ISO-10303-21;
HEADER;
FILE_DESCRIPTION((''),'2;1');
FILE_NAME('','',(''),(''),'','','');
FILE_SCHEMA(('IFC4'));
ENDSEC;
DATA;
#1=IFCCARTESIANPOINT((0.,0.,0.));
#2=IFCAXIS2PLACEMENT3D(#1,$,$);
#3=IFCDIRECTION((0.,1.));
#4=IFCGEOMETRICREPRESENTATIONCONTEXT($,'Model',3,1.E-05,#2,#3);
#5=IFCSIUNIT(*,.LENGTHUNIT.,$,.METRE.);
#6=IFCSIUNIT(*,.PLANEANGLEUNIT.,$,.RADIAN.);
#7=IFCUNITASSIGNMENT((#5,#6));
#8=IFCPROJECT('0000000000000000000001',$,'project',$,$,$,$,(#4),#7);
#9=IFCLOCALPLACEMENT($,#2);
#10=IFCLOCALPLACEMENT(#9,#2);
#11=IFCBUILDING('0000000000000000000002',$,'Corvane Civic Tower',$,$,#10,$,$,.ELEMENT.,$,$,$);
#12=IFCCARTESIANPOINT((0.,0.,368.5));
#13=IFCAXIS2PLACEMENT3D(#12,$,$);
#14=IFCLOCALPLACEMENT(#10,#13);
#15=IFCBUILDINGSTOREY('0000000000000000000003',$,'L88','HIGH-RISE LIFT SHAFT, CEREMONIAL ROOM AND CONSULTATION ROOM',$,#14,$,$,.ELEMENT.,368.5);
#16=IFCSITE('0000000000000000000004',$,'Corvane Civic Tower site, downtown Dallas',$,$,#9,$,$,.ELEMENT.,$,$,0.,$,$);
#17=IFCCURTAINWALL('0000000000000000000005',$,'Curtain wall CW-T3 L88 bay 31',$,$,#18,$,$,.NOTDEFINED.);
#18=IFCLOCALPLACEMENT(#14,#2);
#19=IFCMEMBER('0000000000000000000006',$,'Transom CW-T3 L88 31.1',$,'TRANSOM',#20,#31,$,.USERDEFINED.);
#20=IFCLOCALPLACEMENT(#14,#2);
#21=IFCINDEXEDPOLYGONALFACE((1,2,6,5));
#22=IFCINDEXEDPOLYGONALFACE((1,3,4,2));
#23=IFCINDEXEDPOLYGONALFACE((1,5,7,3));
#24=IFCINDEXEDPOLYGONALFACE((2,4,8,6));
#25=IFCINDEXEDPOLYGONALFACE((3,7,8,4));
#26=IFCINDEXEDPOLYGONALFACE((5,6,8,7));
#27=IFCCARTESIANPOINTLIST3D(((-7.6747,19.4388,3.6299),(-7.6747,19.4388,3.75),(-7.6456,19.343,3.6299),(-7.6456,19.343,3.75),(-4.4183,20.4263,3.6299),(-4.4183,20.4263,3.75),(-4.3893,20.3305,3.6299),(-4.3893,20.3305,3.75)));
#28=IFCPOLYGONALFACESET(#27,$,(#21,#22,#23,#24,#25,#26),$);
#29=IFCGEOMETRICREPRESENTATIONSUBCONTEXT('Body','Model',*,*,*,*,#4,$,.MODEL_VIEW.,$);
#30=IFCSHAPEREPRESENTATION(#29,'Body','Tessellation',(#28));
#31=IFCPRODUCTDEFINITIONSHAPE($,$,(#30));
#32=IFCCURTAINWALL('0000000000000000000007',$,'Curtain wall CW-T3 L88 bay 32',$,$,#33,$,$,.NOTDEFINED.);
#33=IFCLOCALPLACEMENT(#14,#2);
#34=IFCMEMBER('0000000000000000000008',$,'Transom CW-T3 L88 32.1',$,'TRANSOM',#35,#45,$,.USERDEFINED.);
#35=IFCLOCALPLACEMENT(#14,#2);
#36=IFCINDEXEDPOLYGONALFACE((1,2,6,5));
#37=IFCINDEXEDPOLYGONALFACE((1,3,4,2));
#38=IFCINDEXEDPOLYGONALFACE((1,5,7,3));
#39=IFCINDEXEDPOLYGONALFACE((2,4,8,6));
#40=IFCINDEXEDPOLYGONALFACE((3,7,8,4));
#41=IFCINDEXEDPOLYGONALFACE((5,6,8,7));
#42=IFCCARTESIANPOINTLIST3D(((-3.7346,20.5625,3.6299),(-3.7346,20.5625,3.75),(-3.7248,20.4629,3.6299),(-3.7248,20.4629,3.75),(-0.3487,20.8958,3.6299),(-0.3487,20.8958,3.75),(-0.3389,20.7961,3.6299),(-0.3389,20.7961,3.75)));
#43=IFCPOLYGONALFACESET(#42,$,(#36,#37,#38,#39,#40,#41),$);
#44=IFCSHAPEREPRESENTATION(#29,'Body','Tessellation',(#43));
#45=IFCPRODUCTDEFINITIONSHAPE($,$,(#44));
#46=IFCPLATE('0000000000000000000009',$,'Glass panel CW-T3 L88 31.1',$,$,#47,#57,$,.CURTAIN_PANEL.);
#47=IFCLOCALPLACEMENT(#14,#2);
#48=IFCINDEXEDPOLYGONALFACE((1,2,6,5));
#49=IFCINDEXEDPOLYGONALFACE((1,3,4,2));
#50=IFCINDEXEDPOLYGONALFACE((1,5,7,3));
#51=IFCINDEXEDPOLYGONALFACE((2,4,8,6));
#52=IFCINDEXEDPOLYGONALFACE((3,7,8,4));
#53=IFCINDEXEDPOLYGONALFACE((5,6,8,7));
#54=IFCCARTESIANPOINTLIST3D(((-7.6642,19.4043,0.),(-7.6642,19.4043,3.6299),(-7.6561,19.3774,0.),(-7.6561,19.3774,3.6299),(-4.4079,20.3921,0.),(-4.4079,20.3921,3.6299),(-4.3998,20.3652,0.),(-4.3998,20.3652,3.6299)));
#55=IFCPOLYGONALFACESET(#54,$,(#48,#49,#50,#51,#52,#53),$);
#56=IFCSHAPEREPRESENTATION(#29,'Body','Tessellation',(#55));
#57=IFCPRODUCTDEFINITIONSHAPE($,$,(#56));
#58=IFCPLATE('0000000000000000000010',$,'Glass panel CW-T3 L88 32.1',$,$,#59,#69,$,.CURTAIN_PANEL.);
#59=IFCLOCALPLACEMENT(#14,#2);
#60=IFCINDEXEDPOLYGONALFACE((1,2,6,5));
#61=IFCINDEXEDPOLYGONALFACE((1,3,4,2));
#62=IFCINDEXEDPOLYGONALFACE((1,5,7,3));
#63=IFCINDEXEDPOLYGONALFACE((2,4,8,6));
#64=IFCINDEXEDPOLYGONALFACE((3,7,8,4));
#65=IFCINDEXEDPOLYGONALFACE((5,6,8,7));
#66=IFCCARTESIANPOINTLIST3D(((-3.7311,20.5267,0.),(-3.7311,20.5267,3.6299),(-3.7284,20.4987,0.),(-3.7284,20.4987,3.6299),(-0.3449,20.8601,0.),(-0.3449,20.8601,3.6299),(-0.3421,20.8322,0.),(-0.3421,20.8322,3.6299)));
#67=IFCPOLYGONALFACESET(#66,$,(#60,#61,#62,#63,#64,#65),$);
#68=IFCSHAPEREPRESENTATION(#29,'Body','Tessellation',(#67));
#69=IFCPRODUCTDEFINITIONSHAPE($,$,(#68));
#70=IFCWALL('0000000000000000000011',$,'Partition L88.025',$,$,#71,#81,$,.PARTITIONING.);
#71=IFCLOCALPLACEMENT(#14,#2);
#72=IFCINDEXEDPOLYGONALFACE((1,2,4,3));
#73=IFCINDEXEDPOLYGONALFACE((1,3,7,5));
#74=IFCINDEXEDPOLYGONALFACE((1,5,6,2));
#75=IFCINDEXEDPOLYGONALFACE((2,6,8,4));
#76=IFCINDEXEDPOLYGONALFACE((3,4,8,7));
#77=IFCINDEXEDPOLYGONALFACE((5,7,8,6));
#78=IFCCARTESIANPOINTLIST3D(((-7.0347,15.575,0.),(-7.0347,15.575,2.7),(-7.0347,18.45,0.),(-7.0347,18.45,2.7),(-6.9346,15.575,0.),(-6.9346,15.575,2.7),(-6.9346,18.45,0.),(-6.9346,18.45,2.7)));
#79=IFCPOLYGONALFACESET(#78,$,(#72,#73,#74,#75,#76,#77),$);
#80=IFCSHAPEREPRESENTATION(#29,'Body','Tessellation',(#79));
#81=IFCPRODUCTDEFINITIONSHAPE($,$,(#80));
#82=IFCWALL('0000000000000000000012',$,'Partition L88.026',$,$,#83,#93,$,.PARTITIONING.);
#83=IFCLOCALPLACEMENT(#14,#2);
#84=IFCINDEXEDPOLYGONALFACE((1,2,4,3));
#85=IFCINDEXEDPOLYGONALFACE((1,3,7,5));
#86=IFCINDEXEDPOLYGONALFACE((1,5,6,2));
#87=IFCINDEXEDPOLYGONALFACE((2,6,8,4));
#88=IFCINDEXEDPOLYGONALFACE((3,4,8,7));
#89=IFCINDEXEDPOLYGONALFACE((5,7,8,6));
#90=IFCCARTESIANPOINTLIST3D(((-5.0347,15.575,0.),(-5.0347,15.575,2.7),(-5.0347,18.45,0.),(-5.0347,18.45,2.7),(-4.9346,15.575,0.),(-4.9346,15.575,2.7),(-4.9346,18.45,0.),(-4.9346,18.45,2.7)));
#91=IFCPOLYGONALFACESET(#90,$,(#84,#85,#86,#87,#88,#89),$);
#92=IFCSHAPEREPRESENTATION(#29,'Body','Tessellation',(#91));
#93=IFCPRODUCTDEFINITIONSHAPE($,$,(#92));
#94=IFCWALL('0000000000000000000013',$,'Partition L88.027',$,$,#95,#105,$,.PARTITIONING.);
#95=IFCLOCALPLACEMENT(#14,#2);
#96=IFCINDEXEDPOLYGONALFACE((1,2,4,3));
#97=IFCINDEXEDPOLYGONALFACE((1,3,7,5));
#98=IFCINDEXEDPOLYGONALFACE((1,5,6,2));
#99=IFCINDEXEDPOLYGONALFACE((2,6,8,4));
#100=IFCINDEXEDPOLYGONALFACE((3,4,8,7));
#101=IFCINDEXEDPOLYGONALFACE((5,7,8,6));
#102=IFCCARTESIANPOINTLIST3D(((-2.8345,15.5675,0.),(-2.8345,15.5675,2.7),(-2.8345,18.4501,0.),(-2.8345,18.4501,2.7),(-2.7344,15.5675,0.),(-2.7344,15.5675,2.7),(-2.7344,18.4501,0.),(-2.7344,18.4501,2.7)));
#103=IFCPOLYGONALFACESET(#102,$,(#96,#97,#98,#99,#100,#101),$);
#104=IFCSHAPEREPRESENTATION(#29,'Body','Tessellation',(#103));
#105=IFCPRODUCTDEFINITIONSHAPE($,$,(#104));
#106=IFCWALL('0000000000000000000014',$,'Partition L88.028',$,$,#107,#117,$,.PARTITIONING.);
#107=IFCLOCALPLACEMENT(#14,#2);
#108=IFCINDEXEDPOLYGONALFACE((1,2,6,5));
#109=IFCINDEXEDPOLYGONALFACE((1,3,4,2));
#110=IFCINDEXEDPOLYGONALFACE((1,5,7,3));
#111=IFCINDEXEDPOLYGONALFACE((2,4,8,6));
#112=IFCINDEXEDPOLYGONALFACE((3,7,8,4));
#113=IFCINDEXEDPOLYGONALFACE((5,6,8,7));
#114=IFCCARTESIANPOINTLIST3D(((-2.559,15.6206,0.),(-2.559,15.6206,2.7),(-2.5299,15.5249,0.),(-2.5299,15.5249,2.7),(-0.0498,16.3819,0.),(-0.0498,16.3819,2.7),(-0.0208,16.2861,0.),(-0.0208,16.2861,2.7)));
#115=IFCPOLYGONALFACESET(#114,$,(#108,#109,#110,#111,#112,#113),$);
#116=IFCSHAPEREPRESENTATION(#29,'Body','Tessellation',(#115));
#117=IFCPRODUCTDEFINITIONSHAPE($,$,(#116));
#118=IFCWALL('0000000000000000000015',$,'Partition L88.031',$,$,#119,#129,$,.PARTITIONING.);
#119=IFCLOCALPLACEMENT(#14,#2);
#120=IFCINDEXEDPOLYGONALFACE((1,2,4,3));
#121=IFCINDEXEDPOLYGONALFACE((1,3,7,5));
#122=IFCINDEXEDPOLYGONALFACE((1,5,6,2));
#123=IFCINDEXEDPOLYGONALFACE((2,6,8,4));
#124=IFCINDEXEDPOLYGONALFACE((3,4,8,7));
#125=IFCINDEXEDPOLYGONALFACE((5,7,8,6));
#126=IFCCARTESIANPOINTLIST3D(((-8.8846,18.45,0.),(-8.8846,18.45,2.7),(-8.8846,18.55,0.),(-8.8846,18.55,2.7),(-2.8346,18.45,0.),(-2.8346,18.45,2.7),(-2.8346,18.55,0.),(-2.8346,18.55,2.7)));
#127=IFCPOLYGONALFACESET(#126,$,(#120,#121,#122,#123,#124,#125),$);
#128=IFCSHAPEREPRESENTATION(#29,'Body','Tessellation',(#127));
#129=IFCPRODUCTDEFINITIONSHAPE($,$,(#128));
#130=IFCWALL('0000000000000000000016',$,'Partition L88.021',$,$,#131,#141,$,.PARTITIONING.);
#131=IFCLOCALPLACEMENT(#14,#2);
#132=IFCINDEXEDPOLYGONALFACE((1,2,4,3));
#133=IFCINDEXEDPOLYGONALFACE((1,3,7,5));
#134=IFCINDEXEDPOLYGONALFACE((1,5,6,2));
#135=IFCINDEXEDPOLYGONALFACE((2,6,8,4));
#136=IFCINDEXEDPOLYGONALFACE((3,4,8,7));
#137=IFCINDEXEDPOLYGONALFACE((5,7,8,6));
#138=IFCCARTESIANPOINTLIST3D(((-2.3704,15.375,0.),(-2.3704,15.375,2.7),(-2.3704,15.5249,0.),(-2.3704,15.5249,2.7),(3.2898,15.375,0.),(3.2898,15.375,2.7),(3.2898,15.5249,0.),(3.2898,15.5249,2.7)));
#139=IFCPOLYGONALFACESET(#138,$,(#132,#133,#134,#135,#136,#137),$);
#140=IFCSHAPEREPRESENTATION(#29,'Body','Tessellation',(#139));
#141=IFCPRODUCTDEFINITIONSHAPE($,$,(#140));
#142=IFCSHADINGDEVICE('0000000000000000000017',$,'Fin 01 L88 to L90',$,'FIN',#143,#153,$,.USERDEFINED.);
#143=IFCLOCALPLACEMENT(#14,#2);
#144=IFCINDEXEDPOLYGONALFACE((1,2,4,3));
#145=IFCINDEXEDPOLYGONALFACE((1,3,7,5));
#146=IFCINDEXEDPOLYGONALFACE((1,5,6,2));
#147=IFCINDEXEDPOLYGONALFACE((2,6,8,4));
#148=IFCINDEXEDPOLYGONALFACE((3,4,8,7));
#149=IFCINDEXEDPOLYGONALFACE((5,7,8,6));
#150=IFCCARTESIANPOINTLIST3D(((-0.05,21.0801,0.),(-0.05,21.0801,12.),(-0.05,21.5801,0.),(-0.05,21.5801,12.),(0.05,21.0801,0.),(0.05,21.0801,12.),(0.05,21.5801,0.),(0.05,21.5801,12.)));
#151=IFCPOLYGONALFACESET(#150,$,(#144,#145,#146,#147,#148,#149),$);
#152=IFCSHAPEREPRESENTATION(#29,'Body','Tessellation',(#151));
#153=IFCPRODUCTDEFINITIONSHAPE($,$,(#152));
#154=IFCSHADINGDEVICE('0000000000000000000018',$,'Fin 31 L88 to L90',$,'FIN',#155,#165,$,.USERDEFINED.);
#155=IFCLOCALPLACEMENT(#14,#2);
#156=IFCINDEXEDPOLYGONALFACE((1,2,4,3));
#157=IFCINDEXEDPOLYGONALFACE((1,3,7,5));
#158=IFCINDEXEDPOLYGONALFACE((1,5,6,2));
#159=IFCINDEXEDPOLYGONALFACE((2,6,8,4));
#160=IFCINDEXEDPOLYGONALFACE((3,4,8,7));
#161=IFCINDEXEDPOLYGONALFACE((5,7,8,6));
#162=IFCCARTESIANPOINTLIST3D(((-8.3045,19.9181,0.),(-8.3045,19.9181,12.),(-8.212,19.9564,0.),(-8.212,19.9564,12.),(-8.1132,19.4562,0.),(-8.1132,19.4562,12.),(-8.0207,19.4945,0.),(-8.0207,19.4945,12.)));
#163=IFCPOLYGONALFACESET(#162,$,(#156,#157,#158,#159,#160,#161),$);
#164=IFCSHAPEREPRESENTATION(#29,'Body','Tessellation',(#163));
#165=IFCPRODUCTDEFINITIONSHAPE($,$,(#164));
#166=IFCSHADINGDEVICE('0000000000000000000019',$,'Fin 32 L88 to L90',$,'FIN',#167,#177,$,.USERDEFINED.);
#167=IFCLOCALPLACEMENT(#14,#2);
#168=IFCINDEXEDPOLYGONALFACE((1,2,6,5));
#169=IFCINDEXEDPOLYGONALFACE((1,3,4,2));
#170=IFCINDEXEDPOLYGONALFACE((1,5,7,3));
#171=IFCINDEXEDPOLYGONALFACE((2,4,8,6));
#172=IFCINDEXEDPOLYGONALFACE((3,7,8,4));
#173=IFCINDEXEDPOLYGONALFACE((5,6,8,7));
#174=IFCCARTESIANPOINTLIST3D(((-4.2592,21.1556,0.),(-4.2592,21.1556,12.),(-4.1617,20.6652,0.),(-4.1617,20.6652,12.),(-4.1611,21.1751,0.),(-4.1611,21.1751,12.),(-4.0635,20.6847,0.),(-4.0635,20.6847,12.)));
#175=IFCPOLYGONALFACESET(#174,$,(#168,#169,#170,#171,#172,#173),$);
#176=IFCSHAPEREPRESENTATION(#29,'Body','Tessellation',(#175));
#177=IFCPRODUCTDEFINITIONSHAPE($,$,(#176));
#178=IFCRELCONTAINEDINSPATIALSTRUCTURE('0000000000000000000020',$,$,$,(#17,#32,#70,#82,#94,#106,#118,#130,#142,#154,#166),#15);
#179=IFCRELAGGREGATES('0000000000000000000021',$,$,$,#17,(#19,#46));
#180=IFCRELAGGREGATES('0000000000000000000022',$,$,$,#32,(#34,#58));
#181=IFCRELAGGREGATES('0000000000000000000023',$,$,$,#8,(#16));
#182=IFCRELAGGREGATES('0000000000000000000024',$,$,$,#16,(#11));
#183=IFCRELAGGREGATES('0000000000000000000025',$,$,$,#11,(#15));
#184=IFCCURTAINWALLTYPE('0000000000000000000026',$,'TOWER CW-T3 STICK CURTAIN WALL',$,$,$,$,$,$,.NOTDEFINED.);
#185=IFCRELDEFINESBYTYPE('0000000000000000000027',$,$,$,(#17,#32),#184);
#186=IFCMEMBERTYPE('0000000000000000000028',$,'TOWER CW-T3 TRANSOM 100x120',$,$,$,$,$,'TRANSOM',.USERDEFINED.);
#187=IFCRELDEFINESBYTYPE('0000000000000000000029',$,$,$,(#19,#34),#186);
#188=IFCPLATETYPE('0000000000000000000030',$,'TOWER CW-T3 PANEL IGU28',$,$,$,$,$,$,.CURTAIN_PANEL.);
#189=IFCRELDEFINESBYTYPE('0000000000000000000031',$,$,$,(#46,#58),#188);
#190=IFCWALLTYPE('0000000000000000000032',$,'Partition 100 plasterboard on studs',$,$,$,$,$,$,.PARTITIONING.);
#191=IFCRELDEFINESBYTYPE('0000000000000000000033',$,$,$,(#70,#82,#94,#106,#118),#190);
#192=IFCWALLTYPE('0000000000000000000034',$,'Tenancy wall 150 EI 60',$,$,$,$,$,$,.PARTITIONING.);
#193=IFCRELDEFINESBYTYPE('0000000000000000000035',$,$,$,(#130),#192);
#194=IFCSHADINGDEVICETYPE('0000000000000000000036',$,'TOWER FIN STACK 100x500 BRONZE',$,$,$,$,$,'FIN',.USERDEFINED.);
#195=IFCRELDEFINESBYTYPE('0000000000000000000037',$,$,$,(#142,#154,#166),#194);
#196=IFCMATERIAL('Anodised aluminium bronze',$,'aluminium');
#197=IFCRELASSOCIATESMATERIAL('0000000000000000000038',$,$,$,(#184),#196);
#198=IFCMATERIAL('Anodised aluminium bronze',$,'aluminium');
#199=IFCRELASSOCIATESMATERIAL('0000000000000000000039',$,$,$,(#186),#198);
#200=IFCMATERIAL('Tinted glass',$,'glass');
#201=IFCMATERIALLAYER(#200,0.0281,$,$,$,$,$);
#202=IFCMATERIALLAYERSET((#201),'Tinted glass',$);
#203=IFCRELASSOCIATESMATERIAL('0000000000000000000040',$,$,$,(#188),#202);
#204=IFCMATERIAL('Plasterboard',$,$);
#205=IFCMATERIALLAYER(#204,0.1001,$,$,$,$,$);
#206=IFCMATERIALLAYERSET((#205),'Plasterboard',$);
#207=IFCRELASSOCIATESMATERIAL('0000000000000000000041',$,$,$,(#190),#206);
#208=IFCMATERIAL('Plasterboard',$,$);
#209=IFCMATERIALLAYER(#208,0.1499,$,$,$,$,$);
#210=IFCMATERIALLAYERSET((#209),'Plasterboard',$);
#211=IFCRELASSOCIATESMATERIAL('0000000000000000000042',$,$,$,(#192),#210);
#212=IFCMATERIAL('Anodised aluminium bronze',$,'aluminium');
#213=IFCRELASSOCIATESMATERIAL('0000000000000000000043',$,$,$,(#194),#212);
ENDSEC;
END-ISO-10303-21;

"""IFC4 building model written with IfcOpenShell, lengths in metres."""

from ifc_helpers import new_model, si_unit, direction, frame, frame_2d, origin, origin_2d, place, context, subcontext, project, spatial, rectangle, extrude, material, layer, layer_set, material_profile, profile_set, type_object, element, aggregate, save


model = new_model("IFC4")

# Units and contexts
model_context = context("Model", 3, precision=1e-05, world=origin(), true_north=direction((0.0, 1.0)))
body_context = subcontext(model_context, "Body", "Model", "MODEL_VIEW")
ifc_project = project(units=[si_unit("LENGTHUNIT", "METRE"), si_unit("PLANEANGLEUNIT", "RADIAN")], contexts=[model_context])

# Site, building, storey
site_placement = place(None, origin())
site = spatial("IfcSite", under=ifc_project, at=site_placement, Name="Corvane Civic Tower site, downtown Dallas", CompositionType="ELEMENT", RefElevation=0.0)
building_placement = place(site_placement, origin())
building = spatial("IfcBuilding", under=site, at=building_placement, Name="Corvane Civic Tower", CompositionType="ELEMENT")
storey_placement = place(building_placement, frame((0.0, 0.0, 368.5)))
storey = spatial("IfcBuildingStorey", under=building, at=storey_placement, Name="L88", Description="HIGH-RISE LIFT SHAFT, CEREMONIAL ROOM AND CONSULTATION ROOM", CompositionType="ELEMENT", Elevation=368.5)

# Curtain walls, members
ifc_material_1 = material(Name="Anodised aluminium bronze", Category="aluminium")
curtain_wall_type = type_object("IfcCurtainWallType", Name="TOWER CW-T3 STICK CURTAIN WALL", PredefinedType="NOTDEFINED", material=ifc_material_1)
curtain_wall_1_placement = place(storey_placement, origin())
curtain_wall_1 = element("IfcCurtainWall", 1, at=curtain_wall_1_placement, inside=storey, type_object=curtain_wall_type, Name="Curtain wall CW-T3 L88 bay 31", PredefinedType="NOTDEFINED")
ifc_material_2 = material(Name="Anodised aluminium bronze", Category="aluminium")
ifc_material_profile_1 = material_profile(ifc_material_2, rectangle(XDim=0.1001, YDim=0.1201, at=origin_2d()), Name="TOWER CW-T3 TRANSOM 100x120")
ifc_profile_set_1 = profile_set([ifc_material_profile_1], Name="Anodised aluminium bronze")
member_type = type_object("IfcMemberType", Name="TOWER CW-T3 TRANSOM 100x120", ElementType="TRANSOM", PredefinedType="USERDEFINED", material=ifc_profile_set_1)
member_1_placement = place(storey_placement, frame((-7.6602, 19.3909, 3.6899), z_axis=(0.956961, 0.290216, 0.0), x_axis=(-0.290216, 0.956961, 0.0)))
member_1 = element("IfcMember", 2, at=member_1_placement, type_object=member_type, Name="Transom CW-T3 L88 31.1", ObjectType="TRANSOM", PredefinedType="USERDEFINED", context=body_context, shape_type="SweptSolid", body=[
    extrude(rectangle(XDim=0.1001, YDim=0.1201, at=origin_2d()), origin(), (0.0, 0.0, 1.0), 3.4028),
])
curtain_wall_2_placement = place(storey_placement, origin())
curtain_wall_2 = element("IfcCurtainWall", 3, at=curtain_wall_2_placement, inside=storey, type_object=curtain_wall_type, Name="Curtain wall CW-T3 L88 bay 32", PredefinedType="NOTDEFINED")
member_2_placement = place(storey_placement, frame((-3.7297, 20.5127, 3.6899), z_axis=(0.995192, 0.097948, 0.0), x_axis=(-0.097948, 0.995192, 0.0)))
member_2 = element("IfcMember", 4, at=member_2_placement, type_object=member_type, Name="Transom CW-T3 L88 32.1", ObjectType="TRANSOM", PredefinedType="USERDEFINED", context=body_context, shape_type="SweptSolid", body=[
    extrude(rectangle(XDim=0.1001, YDim=0.1201, at=origin_2d()), origin(), (0.0, 0.0, 1.0), 3.4023),
])

# Plates
ifc_material_3 = material(Name="Tinted glass", Category="glass")
ifc_layer_1 = layer(ifc_material_3, 0.0281)
ifc_layer_set_1 = layer_set([ifc_layer_1], Name="Tinted glass")
plate_type = type_object("IfcPlateType", Name="TOWER CW-T3 PANEL IGU28", PredefinedType="CURTAIN_PANEL", material=ifc_layer_set_1)
plate_1_placement = place(storey_placement, frame((-6.032, 19.8848, 0.0), z_axis=(0.0, 0.0, 1.0), x_axis=(0.956939, 0.29029, 0.0)))
plate_1 = element("IfcPlate", 5, at=plate_1_placement, type_object=plate_type, Name="Glass panel CW-T3 L88 31.1", PredefinedType="CURTAIN_PANEL", context=body_context, shape_type="SweptSolid", body=[
    extrude(rectangle(XDim=3.4028, YDim=0.0281, at=origin_2d()), origin(), (0.0, 0.0, 1.0), 3.6299),
])
aggregate(curtain_wall_1, [member_1, plate_1])
plate_2_placement = place(storey_placement, frame((-2.0366, 20.6794, 0.0), z_axis=(0.0, 0.0, 1.0), x_axis=(0.995187, 0.097998, 0.0)))
plate_2 = element("IfcPlate", 6, at=plate_2_placement, type_object=plate_type, Name="Glass panel CW-T3 L88 32.1", PredefinedType="CURTAIN_PANEL", context=body_context, shape_type="SweptSolid", body=[
    extrude(rectangle(XDim=3.4026, YDim=0.0281, at=origin_2d()), origin(), (0.0, 0.0, 1.0), 3.6299),
])
aggregate(curtain_wall_2, [member_2, plate_2])

# Walls
ifc_material_4 = material(Name="Plasterboard")
ifc_layer_2 = layer(ifc_material_4, 0.1001)
ifc_layer_set_2 = layer_set([ifc_layer_2], Name="Plasterboard")
wall_type_1 = type_object("IfcWallType", Name="Partition 100 plasterboard on studs", PredefinedType="PARTITIONING", material=ifc_layer_set_2)
for number, where, z_axis, x_axis, name in (
    (7, (-6.9846, 15.575, 0.0), (0.0, 0.0, 1.0), (0.0, 1.0, 0.0), "Partition L88.025"),
    (8, (-4.9846, 15.575, 0.0), (0.0, 0.0, 1.0), (0.0, 1.0, 0.0), "Partition L88.026"),
):
    element("IfcWall", number, at=place(storey_placement, frame(where, z_axis=z_axis, x_axis=x_axis)), inside=storey, type_object=wall_type_1, Name=name, PredefinedType="PARTITIONING", context=body_context, shape_type="SweptSolid", body=[
        extrude(rectangle(XDim=2.875, YDim=0.1001, at=frame_2d((1.4375, 0.0))), origin(), (0.0, 0.0, 1.0), 2.7),
    ])
wall_1_placement = place(storey_placement, frame((-2.7844, 15.5674, 0.0), z_axis=(0.0, 0.0, 1.0), x_axis=(0.0, 1.0, 0.0)))
element("IfcWall", 9, at=wall_1_placement, inside=storey, type_object=wall_type_1, Name="Partition L88.027", PredefinedType="PARTITIONING", context=body_context, shape_type="SweptSolid", body=[
    extrude(rectangle(XDim=2.8826, YDim=0.1001, at=frame_2d((1.4414, 0.0))), origin(), (0.0, 0.0, 1.0), 2.7),
])
wall_2_placement = place(storey_placement, frame((-2.5444, 15.5728, 0.0), z_axis=(0.0, 0.0, 1.0), x_axis=(0.956927, 0.290328, 0.0)))
element("IfcWall", 10, at=wall_2_placement, inside=storey, type_object=wall_type_1, Name="Partition L88.028", PredefinedType="PARTITIONING", context=body_context, shape_type="SweptSolid", body=[
    extrude(rectangle(XDim=2.6221, YDim=0.1001, at=frame_2d((1.311, 0.0))), origin(), (0.0, 0.0, 1.0), 2.7),
])
wall_3_placement = place(storey_placement, frame((-8.8845, 18.5, 0.0), z_axis=(0.0, 0.0, 1.0), x_axis=(1.0, 0.0, 0.0)))
element("IfcWall", 11, at=wall_3_placement, inside=storey, type_object=wall_type_1, Name="Partition L88.031", PredefinedType="PARTITIONING", context=body_context, shape_type="SweptSolid", body=[
    extrude(rectangle(XDim=6.05, YDim=0.1001, at=frame_2d((3.0249, 0.0))), origin(), (0.0, 0.0, 1.0), 2.7),
])
ifc_material_5 = material(Name="Plasterboard")
ifc_layer_3 = layer(ifc_material_5, 0.1499)
ifc_layer_set_3 = layer_set([ifc_layer_3], Name="Plasterboard")
wall_type_2 = type_object("IfcWallType", Name="Tenancy wall 150 EI 60", PredefinedType="PARTITIONING", material=ifc_layer_set_3)
wall_4_placement = place(storey_placement, frame((-2.3704, 15.45, 0.0), z_axis=(0.0, 0.0, 1.0), x_axis=(1.0, 0.0, 0.0)))
element("IfcWall", 12, at=wall_4_placement, inside=storey, type_object=wall_type_2, Name="Partition L88.021", PredefinedType="PARTITIONING", context=body_context, shape_type="SweptSolid", body=[
    extrude(rectangle(XDim=5.6602, YDim=0.1499, at=frame_2d((2.8301, 0.0))), origin(), (0.0, 0.0, 1.0), 2.7),
])

# Shading devices
ifc_material_6 = material(Name="Anodised aluminium bronze", Category="aluminium")
ifc_material_profile_2 = material_profile(ifc_material_6, rectangle(XDim=0.1001, YDim=0.5, at=origin_2d()), Name="TOWER FIN STACK 100x500 BRONZE")
ifc_profile_set_2 = profile_set([ifc_material_profile_2], Name="Anodised aluminium bronze")
shading_device_type = type_object("IfcShadingDeviceType", Name="TOWER FIN STACK 100x500 BRONZE", ElementType="FIN", PredefinedType="USERDEFINED", material=ifc_profile_set_2)
for number, where, z_axis, x_axis, name in (
    (13, (0.0, 21.3301, 0.0), (0.0, 0.0, 1.0), (1.0, 0.0, 0.0), "Fin 01 L88 to L90"),
    (14, (-8.1626, 19.7063, 0.0), (0.0, 0.0, 1.0), (0.92388, 0.382683, 0.0), "Fin 31 L88 to L90"),
    (15, (-4.1614, 20.9202, 0.0), (0.0, 0.0, 1.0), (0.980785, 0.19509, 0.0), "Fin 32 L88 to L90"),
):
    element("IfcShadingDevice", number, at=place(storey_placement, frame(where, z_axis=z_axis, x_axis=x_axis)), inside=storey, type_object=shading_device_type, Name=name, ObjectType="FIN", PredefinedType="USERDEFINED", context=body_context, shape_type="SweptSolid", body=[
        extrude(rectangle(XDim=0.1001, YDim=0.5, at=origin_2d()), origin(), (0.0, 0.0, 1.0), 12.0),
    ])

save(model, "model.ifc")
